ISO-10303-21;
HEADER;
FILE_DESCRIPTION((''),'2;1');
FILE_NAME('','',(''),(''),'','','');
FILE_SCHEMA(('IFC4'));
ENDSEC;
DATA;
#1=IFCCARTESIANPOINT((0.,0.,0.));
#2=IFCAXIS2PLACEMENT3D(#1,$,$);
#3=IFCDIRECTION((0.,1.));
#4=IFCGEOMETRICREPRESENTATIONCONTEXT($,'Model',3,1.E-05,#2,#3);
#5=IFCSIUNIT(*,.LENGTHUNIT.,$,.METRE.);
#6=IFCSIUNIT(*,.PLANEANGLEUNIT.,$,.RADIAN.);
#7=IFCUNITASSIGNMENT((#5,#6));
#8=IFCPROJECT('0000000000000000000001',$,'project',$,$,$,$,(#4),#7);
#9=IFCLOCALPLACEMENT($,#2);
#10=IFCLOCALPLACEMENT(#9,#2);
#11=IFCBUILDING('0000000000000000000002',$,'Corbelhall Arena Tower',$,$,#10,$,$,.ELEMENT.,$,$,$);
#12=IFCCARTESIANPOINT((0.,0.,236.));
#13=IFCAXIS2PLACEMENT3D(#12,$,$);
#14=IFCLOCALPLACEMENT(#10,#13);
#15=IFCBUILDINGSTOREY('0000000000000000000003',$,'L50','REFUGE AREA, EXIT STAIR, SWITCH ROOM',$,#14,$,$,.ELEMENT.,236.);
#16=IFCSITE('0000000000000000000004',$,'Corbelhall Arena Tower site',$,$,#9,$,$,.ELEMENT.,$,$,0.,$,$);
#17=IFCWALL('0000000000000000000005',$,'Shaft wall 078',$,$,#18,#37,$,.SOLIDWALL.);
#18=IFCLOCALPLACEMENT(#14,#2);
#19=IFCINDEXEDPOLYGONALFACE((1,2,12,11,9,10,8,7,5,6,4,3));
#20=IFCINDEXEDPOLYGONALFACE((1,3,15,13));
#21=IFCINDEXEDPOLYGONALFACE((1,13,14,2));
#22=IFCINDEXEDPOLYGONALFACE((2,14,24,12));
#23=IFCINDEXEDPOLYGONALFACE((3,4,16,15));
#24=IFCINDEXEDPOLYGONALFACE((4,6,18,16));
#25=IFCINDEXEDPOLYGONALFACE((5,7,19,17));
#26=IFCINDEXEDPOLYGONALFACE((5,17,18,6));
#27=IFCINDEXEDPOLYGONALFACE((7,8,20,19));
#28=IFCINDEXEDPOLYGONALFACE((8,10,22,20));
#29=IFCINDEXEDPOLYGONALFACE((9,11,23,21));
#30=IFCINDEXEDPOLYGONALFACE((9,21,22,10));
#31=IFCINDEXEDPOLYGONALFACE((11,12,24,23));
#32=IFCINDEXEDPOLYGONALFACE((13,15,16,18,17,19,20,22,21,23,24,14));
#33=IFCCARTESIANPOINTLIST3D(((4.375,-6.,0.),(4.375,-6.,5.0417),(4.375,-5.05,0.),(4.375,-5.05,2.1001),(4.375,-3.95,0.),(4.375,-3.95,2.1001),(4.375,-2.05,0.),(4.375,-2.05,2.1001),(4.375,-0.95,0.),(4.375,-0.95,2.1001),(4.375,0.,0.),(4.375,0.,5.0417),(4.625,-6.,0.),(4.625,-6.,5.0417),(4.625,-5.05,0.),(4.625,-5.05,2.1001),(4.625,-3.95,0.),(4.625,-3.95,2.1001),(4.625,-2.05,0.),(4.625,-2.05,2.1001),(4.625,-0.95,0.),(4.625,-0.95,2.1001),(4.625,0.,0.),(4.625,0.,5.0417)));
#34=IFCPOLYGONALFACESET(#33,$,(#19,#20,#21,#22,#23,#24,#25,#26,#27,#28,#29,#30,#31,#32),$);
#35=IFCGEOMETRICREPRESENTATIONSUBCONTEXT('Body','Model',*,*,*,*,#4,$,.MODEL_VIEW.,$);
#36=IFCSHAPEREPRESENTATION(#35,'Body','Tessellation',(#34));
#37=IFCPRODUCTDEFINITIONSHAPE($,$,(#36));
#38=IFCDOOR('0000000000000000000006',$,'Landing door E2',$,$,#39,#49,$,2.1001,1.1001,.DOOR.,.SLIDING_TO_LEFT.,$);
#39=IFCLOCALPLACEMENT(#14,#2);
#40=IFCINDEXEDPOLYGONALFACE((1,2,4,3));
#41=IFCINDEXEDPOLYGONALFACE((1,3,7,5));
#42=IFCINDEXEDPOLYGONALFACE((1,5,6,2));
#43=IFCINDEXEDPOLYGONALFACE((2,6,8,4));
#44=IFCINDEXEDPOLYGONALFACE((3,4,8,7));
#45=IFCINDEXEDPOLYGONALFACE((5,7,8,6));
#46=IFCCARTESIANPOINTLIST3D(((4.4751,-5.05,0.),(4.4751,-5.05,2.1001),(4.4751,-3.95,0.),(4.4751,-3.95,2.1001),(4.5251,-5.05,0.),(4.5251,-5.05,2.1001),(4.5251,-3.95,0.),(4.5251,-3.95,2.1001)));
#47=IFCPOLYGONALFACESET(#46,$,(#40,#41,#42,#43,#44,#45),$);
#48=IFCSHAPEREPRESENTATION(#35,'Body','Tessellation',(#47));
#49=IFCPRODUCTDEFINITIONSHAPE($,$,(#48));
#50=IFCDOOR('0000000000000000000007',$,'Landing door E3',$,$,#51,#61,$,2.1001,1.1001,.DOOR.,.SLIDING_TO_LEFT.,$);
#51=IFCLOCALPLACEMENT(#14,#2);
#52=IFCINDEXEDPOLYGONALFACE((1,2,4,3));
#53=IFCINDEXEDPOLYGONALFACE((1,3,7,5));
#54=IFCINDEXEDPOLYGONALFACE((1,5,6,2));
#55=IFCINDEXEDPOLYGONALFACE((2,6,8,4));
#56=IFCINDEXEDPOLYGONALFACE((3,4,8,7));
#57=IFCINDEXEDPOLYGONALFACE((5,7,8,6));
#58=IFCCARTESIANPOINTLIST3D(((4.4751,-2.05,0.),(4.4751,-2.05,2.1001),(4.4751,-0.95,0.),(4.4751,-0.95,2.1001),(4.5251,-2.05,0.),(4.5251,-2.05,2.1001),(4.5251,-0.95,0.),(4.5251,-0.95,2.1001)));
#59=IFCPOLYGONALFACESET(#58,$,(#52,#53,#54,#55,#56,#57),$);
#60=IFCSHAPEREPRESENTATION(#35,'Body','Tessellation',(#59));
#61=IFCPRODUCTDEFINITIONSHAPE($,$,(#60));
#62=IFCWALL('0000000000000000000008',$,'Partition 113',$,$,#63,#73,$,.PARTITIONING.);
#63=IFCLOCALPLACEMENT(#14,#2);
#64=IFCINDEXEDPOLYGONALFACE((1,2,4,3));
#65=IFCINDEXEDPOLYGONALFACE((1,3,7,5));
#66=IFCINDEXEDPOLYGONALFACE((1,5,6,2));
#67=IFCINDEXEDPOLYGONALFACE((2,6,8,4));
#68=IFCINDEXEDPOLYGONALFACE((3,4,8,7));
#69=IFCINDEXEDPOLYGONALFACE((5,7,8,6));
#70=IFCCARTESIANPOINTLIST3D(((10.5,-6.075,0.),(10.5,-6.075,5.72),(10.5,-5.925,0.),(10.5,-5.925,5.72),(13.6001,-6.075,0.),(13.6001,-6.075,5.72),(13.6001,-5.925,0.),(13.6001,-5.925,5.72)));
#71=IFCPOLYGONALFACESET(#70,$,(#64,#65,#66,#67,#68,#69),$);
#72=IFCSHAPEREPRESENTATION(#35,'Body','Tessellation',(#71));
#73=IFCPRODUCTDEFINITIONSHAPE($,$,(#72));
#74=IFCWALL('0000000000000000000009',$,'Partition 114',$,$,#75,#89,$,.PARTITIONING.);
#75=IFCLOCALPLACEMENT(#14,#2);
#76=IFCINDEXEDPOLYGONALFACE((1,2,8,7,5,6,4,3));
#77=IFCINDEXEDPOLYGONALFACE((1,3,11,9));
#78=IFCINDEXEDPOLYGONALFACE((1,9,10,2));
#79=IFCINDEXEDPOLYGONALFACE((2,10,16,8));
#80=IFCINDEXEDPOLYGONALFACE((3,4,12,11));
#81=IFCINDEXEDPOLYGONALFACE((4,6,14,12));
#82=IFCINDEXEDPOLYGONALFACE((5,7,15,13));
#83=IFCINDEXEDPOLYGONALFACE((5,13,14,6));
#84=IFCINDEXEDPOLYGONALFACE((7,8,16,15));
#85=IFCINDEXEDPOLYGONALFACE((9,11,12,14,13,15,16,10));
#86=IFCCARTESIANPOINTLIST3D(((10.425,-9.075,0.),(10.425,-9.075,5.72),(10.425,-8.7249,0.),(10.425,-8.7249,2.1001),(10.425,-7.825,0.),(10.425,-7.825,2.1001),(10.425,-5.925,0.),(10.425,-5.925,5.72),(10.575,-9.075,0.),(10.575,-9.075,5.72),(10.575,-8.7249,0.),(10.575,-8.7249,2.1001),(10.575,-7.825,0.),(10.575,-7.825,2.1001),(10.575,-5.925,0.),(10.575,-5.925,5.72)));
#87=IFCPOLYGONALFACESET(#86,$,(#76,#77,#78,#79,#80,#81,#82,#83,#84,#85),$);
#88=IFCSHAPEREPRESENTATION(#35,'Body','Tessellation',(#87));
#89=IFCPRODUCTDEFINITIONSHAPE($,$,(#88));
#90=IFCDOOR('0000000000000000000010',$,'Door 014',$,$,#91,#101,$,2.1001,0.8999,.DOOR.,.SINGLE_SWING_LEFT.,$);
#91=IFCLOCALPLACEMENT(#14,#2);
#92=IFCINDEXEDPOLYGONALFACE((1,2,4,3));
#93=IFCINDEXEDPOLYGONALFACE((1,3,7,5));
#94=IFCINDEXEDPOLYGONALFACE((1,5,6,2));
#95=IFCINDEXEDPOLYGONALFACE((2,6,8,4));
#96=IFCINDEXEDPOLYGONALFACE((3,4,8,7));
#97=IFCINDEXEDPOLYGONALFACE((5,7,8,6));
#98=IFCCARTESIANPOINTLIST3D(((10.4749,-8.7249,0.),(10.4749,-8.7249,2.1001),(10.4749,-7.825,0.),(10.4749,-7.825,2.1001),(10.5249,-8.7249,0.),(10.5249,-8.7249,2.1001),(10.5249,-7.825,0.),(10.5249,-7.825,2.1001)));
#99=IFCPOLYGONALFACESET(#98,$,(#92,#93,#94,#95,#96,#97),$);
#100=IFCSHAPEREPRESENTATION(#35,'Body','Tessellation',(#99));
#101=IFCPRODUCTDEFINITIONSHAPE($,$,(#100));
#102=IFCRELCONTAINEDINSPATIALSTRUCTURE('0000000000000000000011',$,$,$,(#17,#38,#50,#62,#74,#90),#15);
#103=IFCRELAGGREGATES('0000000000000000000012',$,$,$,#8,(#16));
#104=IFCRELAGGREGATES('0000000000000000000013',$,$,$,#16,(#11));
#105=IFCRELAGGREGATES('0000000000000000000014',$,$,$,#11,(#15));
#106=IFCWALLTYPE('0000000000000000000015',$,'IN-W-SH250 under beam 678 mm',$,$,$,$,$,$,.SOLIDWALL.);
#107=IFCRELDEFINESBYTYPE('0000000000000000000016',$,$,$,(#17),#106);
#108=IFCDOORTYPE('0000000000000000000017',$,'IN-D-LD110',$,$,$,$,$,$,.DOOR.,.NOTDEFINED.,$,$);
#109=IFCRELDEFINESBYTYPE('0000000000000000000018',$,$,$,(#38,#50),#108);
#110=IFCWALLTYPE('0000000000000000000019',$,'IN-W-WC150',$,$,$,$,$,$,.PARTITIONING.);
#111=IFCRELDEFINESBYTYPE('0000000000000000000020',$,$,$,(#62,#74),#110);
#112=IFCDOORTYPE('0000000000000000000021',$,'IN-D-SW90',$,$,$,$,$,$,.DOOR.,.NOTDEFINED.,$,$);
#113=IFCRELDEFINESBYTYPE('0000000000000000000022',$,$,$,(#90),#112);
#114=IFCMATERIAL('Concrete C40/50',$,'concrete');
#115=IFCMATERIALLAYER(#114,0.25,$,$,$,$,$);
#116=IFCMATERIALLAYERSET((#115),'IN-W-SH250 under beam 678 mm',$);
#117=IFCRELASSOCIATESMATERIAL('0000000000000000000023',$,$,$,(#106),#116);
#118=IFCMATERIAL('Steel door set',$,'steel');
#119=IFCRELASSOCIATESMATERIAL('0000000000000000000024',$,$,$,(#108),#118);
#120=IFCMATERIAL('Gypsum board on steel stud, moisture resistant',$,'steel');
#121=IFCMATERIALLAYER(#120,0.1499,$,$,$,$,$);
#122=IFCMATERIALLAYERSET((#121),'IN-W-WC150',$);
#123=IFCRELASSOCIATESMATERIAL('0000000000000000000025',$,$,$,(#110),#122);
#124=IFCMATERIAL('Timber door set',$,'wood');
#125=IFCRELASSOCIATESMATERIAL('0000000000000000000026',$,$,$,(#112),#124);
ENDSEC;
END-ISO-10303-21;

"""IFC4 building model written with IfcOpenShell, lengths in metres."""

from ifc_helpers import new_model, si_unit, direction, frame, frame_2d, origin, place, context, subcontext, project, spatial, rectangle, extrude, material, layer, layer_set, type_object, element, fill, save


model = new_model("IFC4")

# Units and contexts
model_context = context("Model", 3, precision=1e-05, world=origin(), true_north=direction((0.0, 1.0)))
body_context = subcontext(model_context, "Body", "Model", "MODEL_VIEW")
ifc_project = project(units=[si_unit("LENGTHUNIT", "METRE"), si_unit("PLANEANGLEUNIT", "RADIAN")], contexts=[model_context])

# Site, building, storey
site_placement = place(None, origin())
site = spatial("IfcSite", under=ifc_project, at=site_placement, Name="Corbelhall Arena Tower site", CompositionType="ELEMENT", RefElevation=0.0)
building_placement = place(site_placement, origin())
building = spatial("IfcBuilding", under=site, at=building_placement, Name="Corbelhall Arena Tower", CompositionType="ELEMENT")
storey_placement = place(building_placement, frame((0.0, 0.0, 236.0)))
storey = spatial("IfcBuildingStorey", under=building, at=storey_placement, Name="L50", Description="REFUGE AREA, EXIT STAIR, SWITCH ROOM", CompositionType="ELEMENT", Elevation=236.0)

# Shared definitions
ifc_material_1 = material(Name="Concrete C40/50", Category="concrete")

# Shared definitions
ifc_material_2 = material(Name="Steel door set", Category="steel")

# Wall, openings, doors
ifc_layer_1 = layer(ifc_material_1, 0.25)
ifc_layer_set_1 = layer_set([ifc_layer_1], Name="IN-W-SH250 under beam 678 mm")
wall_type_1 = type_object("IfcWallType", Name="IN-W-SH250 under beam 678 mm", PredefinedType="SOLIDWALL", material=ifc_layer_set_1)
wall_1_placement = place(storey_placement, frame((4.5, -6.0, 0.0), z_axis=(0.0, 0.0, 1.0), x_axis=(0.0, 1.0, 0.0)))
wall_1 = element("IfcWall", 1, at=wall_1_placement, inside=storey, type_object=wall_type_1, Name="Shaft wall 078", PredefinedType="SOLIDWALL", context=body_context, shape_type="SweptSolid", body=[
    extrude(rectangle(XDim=6.0, YDim=0.25, at=frame_2d((3.0, 0.0))), origin(), (0.0, 0.0, 1.0), 5.0417),
])
opening_1_placement = place(wall_1_placement, frame((0.95, 0.0, 0.0)))
opening_1 = element("IfcOpeningElement", 2, at=opening_1_placement, cuts=wall_1, PredefinedType="OPENING", context=body_context, shape_type="SweptSolid", body=[
    extrude(rectangle(XDim=1.1001, YDim=2.1001, at=frame_2d((0.55, 1.05))), frame((0.0, 0.125, 0.0), z_axis=(0.0, -1.0, 0.0), x_axis=(1.0, 0.0, 0.0)), (0.0, 0.0, 1.0), 0.25),
])
opening_2_placement = place(wall_1_placement, frame((3.95, 0.0, 0.0)))
opening_2 = element("IfcOpeningElement", 3, at=opening_2_placement, cuts=wall_1, PredefinedType="OPENING", context=body_context, shape_type="SweptSolid", body=[
    extrude(rectangle(XDim=1.1001, YDim=2.1001, at=frame_2d((0.55, 1.05))), frame((0.0, 0.125, 0.0), z_axis=(0.0, -1.0, 0.0), x_axis=(1.0, 0.0, 0.0)), (0.0, 0.0, 1.0), 0.25),
])
door_type_1 = type_object("IfcDoorType", Name="IN-D-LD110", OperationType="NOTDEFINED", PredefinedType="DOOR", material=ifc_material_2)
door_1_placement = place(opening_1_placement, origin())
door_1 = element("IfcDoor", 4, at=door_1_placement, inside=storey, type_object=door_type_1, Name="Landing door E2", OperationType="SLIDING_TO_LEFT", OverallHeight=2.1001, OverallWidth=1.1001, PredefinedType="DOOR", context=body_context, shape_type="SweptSolid", body=[
    extrude(rectangle(XDim=1.1001, YDim=2.1001, at=frame_2d((0.55, 1.05))), frame((0.0, 0.0249, 0.0), z_axis=(0.0, -1.0, 0.0), x_axis=(1.0, 0.0, 0.0)), (0.0, 0.0, 1.0), 0.05),
])
fill(opening_1, door_1)
door_2_placement = place(opening_2_placement, origin())
door_2 = element("IfcDoor", 5, at=door_2_placement, inside=storey, type_object=door_type_1, Name="Landing door E3", OperationType="SLIDING_TO_LEFT", OverallHeight=2.1001, OverallWidth=1.1001, PredefinedType="DOOR", context=body_context, shape_type="SweptSolid", body=[
    extrude(rectangle(XDim=1.1001, YDim=2.1001, at=frame_2d((0.55, 1.05))), frame((0.0, 0.0249, 0.0), z_axis=(0.0, -1.0, 0.0), x_axis=(1.0, 0.0, 0.0)), (0.0, 0.0, 1.0), 0.05),
])
fill(opening_2, door_2)

# Wall
ifc_material_3 = material(Name="Gypsum board on steel stud, moisture resistant", Category="steel")
ifc_layer_2 = layer(ifc_material_3, 0.1499)
ifc_layer_set_2 = layer_set([ifc_layer_2], Name="IN-W-WC150")
wall_type_2 = type_object("IfcWallType", Name="IN-W-WC150", PredefinedType="PARTITIONING", material=ifc_layer_set_2)
wall_2_placement = place(storey_placement, frame((10.5, -6.0, 0.0), z_axis=(0.0, 0.0, 1.0), x_axis=(1.0, 0.0, 0.0)))
element("IfcWall", 6, at=wall_2_placement, inside=storey, type_object=wall_type_2, Name="Partition 113", PredefinedType="PARTITIONING", context=body_context, shape_type="SweptSolid", body=[
    extrude(rectangle(XDim=3.1001, YDim=0.1499, at=frame_2d((1.55, 0.0))), origin(), (0.0, 0.0, 1.0), 5.72),
])

# Wall, opening, door
wall_3_placement = place(storey_placement, frame((10.5, -5.925, 0.0), z_axis=(0.0, 0.0, 1.0), x_axis=(0.0, -1.0, 0.0)))
wall_3 = element("IfcWall", 7, at=wall_3_placement, inside=storey, type_object=wall_type_2, Name="Partition 114", PredefinedType="PARTITIONING", context=body_context, shape_type="SweptSolid", body=[
    extrude(rectangle(XDim=3.1499, YDim=0.1499, at=frame_2d((1.575, 0.0))), origin(), (0.0, 0.0, 1.0), 5.72),
])
opening_3_placement = place(wall_3_placement, frame((1.8999, 0.0, 0.0)))
opening_3 = element("IfcOpeningElement", 8, at=opening_3_placement, cuts=wall_3, PredefinedType="OPENING", context=body_context, shape_type="SweptSolid", body=[
    extrude(rectangle(XDim=0.8999, YDim=2.1001, at=frame_2d((0.45, 1.05))), frame((0.0, 0.075, 0.0), z_axis=(0.0, -1.0, 0.0), x_axis=(1.0, 0.0, 0.0)), (0.0, 0.0, 1.0), 0.1499),
])
ifc_material_4 = material(Name="Timber door set", Category="wood")
door_type_2 = type_object("IfcDoorType", Name="IN-D-SW90", OperationType="NOTDEFINED", PredefinedType="DOOR", material=ifc_material_4)
door_3_placement = place(opening_3_placement, origin())
door_3 = element("IfcDoor", 9, at=door_3_placement, inside=storey, type_object=door_type_2, Name="Door 014", OperationType="SINGLE_SWING_LEFT", OverallHeight=2.1001, OverallWidth=0.8999, PredefinedType="DOOR", context=body_context, shape_type="SweptSolid", body=[
    extrude(rectangle(XDim=0.8999, YDim=2.1001, at=frame_2d((0.45, 1.05))), frame((0.0, 0.0249, 0.0), z_axis=(0.0, -1.0, 0.0), x_axis=(1.0, 0.0, 0.0)), (0.0, 0.0, 1.0), 0.05),
])
fill(opening_3, door_3)

save(model, "model.ifc")
